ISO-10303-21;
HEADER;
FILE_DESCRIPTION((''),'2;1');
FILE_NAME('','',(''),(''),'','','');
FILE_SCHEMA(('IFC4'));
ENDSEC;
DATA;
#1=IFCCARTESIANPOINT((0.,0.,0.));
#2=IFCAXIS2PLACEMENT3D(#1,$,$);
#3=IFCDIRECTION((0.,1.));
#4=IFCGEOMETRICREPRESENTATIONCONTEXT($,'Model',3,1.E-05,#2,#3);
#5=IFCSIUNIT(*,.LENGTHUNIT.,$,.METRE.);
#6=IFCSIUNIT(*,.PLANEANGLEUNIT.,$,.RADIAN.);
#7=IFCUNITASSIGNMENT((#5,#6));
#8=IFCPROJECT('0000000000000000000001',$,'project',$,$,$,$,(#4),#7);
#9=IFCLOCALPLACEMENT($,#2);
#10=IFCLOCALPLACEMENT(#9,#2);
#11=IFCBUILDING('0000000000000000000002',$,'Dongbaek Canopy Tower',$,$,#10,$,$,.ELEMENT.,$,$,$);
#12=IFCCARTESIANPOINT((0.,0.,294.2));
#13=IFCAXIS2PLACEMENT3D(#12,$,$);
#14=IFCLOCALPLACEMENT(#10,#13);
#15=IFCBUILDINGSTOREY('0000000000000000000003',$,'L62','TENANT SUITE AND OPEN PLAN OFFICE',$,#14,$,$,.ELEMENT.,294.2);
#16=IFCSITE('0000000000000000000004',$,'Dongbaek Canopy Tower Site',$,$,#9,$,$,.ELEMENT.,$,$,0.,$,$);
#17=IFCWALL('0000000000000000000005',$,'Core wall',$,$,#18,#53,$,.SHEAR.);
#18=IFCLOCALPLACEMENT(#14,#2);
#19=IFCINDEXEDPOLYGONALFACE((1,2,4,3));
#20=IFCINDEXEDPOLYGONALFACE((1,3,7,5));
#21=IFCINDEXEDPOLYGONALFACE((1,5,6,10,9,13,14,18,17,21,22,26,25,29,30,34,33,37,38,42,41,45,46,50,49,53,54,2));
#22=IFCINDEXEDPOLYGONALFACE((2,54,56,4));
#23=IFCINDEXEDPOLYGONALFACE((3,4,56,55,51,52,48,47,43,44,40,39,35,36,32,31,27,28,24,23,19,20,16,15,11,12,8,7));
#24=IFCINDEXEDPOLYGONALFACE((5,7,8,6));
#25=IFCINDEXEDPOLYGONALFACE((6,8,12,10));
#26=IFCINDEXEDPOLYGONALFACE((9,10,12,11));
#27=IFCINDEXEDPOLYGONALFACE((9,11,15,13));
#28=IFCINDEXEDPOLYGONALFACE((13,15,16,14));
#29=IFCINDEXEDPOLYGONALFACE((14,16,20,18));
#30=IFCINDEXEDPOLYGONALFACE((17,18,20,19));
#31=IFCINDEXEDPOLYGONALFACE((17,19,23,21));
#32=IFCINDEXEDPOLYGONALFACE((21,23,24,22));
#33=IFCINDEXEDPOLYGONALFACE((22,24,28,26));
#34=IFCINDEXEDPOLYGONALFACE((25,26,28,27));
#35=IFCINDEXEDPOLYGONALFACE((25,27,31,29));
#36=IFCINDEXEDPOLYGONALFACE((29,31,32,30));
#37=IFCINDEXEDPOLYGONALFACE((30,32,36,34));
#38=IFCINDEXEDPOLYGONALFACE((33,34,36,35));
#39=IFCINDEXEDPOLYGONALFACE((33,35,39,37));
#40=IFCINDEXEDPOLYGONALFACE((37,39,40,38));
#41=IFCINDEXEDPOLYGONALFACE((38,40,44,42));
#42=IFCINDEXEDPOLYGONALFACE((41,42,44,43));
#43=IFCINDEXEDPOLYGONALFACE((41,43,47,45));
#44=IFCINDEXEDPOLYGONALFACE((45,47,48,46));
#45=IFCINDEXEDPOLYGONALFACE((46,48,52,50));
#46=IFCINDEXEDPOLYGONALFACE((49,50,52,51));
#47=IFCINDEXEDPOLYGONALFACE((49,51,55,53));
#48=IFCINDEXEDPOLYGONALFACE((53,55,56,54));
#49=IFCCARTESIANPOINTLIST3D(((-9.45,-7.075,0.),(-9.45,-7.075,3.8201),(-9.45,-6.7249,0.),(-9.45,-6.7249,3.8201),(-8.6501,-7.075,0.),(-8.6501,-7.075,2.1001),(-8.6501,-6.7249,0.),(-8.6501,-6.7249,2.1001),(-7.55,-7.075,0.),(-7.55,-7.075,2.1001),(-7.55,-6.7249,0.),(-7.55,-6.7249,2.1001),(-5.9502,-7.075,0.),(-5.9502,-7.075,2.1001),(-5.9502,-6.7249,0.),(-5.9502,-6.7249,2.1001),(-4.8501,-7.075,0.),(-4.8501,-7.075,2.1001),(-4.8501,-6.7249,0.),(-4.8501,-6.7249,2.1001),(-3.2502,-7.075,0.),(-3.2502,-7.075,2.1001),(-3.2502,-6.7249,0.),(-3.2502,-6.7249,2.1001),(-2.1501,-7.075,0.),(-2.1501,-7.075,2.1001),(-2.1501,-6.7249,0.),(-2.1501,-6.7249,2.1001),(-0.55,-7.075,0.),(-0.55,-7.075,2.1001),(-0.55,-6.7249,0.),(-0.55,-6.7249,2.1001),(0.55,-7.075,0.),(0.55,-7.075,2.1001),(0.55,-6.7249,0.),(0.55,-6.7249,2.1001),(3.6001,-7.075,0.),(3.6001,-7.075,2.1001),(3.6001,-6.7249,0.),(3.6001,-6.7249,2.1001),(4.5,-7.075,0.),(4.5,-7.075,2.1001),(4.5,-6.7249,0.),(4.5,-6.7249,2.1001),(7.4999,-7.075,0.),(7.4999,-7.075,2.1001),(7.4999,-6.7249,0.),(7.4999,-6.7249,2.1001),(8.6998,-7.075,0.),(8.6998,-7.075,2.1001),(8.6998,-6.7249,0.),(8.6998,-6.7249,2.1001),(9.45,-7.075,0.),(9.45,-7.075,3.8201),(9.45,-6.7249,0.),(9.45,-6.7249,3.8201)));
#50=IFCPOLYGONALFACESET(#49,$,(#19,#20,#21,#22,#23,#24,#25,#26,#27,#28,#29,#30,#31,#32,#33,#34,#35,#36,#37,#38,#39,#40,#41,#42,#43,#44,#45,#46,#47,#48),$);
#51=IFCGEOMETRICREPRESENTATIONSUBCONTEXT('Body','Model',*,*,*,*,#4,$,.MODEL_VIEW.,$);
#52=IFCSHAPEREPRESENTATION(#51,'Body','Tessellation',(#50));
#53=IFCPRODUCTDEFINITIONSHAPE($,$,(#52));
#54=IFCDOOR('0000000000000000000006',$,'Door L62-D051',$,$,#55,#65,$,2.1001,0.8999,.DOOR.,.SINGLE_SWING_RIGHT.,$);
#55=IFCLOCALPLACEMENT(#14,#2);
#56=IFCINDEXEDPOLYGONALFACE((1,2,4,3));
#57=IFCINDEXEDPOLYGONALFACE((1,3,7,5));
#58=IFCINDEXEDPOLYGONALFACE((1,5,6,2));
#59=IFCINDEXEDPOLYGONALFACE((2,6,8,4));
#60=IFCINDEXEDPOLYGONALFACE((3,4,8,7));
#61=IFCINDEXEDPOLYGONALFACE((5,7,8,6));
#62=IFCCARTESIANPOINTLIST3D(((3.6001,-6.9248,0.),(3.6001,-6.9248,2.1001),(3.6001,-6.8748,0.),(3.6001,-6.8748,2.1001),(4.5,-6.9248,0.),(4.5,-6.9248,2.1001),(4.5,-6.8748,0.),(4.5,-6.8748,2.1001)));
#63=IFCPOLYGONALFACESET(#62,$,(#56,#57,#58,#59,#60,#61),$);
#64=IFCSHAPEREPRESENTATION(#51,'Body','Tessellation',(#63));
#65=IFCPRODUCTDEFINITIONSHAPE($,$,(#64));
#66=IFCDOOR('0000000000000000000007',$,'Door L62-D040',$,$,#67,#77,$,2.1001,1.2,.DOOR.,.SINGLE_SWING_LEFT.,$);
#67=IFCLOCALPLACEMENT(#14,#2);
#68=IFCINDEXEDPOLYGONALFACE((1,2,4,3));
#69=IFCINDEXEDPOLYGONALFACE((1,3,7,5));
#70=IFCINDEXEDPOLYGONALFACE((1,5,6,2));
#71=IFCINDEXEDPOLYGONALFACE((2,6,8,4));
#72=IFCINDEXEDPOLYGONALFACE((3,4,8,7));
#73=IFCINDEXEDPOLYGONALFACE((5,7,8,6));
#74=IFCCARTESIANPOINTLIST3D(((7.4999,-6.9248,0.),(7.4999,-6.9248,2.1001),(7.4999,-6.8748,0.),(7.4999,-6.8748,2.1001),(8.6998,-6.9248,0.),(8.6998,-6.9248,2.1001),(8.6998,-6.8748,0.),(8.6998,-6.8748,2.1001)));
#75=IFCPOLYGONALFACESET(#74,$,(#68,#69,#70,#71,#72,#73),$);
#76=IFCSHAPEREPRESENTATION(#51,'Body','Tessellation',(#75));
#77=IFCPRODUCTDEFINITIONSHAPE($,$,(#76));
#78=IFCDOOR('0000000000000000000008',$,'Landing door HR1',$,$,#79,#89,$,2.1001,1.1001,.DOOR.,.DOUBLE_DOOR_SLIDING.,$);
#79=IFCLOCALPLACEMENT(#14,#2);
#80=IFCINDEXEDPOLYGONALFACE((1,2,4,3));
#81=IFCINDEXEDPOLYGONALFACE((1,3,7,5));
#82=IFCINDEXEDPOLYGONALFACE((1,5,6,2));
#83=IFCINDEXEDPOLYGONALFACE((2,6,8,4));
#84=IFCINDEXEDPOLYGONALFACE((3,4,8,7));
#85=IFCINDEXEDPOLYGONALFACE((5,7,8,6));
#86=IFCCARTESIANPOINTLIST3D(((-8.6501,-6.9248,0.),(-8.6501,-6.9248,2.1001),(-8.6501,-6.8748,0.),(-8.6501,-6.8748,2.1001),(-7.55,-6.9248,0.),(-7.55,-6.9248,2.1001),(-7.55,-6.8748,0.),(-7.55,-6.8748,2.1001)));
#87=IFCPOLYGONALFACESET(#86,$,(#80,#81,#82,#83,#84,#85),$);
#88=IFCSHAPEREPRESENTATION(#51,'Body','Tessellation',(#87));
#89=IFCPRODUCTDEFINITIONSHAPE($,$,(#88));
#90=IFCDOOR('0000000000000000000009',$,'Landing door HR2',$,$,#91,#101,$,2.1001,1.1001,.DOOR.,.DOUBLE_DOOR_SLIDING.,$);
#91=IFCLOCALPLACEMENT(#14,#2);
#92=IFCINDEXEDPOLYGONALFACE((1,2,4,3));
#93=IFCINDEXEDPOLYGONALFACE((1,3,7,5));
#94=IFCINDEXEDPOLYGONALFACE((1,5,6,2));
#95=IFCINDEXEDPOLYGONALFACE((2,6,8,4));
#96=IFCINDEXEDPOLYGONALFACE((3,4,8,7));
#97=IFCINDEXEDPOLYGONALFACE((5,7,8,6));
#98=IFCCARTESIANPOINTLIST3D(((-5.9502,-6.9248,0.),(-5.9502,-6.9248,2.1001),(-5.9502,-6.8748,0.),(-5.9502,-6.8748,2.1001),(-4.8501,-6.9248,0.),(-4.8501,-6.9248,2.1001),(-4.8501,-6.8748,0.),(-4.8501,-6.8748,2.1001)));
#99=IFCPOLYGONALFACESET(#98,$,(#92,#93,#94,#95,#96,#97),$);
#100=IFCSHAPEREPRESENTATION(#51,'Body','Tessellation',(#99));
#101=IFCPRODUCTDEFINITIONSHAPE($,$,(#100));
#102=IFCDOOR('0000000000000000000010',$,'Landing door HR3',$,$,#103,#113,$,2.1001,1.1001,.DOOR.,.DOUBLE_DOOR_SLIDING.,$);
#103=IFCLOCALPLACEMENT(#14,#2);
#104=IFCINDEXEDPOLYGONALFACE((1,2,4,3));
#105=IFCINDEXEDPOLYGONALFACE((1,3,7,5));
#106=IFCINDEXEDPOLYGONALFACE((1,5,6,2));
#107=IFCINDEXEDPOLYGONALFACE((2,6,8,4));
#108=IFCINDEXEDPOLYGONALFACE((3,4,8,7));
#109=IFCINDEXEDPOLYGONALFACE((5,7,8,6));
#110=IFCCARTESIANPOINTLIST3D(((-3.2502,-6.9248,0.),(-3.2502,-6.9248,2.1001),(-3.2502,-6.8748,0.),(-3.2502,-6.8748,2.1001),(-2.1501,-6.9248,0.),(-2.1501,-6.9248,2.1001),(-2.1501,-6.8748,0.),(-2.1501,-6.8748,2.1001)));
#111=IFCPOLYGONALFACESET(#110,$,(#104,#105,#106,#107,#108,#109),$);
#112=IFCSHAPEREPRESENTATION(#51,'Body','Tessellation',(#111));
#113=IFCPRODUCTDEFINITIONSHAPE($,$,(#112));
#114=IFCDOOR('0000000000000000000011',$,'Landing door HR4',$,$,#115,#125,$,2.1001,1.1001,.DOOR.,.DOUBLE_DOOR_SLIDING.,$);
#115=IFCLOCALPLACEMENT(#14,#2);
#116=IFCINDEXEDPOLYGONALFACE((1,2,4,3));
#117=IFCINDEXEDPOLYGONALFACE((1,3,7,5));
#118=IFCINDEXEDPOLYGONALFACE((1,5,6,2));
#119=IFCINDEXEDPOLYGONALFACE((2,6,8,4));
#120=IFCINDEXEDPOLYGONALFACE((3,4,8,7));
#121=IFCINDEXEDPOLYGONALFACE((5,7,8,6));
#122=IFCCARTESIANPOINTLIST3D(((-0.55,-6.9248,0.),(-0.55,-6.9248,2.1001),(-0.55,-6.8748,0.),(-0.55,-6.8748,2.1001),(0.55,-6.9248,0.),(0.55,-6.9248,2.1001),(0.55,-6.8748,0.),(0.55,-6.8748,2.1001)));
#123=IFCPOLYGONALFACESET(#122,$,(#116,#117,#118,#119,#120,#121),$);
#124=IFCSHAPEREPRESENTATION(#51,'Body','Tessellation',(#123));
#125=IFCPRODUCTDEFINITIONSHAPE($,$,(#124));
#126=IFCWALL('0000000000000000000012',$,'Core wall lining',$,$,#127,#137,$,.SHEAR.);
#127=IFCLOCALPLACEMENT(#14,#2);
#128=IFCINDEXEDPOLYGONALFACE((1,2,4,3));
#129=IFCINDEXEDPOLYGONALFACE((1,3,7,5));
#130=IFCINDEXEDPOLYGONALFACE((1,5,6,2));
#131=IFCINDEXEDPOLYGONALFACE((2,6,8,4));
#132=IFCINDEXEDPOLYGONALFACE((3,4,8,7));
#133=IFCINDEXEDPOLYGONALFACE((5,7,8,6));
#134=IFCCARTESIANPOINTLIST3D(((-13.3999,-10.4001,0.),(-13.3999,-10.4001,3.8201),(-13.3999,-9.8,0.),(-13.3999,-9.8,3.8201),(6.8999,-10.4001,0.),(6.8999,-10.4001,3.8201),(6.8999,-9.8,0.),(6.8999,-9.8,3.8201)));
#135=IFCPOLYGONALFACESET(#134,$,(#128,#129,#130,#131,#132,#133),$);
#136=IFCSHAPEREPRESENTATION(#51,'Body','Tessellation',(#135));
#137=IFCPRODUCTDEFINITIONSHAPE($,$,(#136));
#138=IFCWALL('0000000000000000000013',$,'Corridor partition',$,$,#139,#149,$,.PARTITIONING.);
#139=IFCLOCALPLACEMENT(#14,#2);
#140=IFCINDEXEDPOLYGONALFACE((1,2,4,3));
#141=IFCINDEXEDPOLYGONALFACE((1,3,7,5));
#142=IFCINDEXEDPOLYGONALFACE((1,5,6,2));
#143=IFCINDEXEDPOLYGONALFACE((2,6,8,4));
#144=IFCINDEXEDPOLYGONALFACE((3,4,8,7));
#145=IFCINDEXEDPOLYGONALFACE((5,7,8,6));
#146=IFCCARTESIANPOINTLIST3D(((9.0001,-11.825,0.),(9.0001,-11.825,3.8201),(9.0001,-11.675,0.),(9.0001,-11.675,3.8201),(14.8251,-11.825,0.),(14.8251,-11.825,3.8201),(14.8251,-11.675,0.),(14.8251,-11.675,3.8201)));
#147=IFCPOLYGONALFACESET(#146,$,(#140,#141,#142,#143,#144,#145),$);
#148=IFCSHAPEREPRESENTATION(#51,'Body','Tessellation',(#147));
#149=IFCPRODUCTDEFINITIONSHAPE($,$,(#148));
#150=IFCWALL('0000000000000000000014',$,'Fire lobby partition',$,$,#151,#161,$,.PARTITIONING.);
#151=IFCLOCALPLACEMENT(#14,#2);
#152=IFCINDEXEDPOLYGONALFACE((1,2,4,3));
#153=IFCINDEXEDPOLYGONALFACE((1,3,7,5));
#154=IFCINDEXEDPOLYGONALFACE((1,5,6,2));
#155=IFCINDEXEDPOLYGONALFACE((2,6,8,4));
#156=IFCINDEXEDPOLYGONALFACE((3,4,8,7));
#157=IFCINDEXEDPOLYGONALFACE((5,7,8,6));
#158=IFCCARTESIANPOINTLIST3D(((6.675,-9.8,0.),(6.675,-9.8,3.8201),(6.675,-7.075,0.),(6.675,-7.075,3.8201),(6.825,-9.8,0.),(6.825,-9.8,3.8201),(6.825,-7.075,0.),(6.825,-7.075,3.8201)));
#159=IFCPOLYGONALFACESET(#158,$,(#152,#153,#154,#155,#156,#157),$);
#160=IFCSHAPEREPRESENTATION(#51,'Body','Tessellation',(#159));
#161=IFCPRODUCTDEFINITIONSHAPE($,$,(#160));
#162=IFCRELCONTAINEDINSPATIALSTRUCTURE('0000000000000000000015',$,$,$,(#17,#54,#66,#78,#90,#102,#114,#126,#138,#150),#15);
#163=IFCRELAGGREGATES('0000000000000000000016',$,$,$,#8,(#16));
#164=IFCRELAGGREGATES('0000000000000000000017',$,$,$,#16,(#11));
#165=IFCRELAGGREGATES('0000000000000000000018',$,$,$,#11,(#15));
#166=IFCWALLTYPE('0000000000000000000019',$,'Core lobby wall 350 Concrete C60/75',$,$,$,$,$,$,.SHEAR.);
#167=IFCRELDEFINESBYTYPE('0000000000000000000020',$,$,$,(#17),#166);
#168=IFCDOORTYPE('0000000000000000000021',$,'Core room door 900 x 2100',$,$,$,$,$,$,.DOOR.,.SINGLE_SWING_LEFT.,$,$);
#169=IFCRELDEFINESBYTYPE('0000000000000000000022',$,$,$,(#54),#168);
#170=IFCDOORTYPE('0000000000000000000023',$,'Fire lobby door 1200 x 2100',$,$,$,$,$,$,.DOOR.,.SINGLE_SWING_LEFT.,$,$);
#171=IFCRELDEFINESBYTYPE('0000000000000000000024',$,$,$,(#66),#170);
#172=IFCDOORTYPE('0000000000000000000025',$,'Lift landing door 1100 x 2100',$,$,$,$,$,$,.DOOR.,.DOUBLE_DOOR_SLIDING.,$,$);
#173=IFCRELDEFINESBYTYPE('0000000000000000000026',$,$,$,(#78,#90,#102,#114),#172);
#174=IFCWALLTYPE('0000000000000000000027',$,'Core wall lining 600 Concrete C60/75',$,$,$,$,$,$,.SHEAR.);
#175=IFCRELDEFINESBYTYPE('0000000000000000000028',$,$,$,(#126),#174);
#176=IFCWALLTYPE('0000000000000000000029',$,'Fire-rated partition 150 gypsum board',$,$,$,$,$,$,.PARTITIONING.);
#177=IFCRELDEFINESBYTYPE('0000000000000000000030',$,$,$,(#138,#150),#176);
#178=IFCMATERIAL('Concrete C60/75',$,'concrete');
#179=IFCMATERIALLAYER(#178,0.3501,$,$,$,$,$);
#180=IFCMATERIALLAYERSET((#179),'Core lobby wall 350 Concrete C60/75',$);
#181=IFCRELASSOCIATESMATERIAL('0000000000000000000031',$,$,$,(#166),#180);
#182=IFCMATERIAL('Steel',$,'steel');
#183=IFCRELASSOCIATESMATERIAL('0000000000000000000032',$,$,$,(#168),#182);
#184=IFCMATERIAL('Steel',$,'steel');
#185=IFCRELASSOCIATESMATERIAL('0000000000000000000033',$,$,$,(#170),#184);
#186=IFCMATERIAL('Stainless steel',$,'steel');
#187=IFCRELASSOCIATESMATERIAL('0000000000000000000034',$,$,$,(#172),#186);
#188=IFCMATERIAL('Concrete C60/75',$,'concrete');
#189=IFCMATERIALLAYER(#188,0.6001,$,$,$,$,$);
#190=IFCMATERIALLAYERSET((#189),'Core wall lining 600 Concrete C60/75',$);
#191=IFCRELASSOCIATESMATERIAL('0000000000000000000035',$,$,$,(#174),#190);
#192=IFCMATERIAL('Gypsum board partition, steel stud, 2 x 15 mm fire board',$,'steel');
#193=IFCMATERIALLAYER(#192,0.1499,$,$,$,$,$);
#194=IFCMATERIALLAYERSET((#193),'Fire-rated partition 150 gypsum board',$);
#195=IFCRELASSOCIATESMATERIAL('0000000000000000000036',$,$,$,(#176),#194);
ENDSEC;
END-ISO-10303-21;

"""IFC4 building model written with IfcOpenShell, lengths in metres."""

from ifc_helpers import new_model, si_unit, direction, frame, frame_2d, origin, place, context, subcontext, project, spatial, rectangle, extrude, material, layer, layer_set, type_object, element, fill, save


model = new_model("IFC4")

# Units and contexts
model_context = context("Model", 3, precision=1e-05, world=origin(), true_north=direction((0.0, 1.0)))
body_context = subcontext(model_context, "Body", "Model", "MODEL_VIEW")
ifc_project = project(units=[si_unit("LENGTHUNIT", "METRE"), si_unit("PLANEANGLEUNIT", "RADIAN")], contexts=[model_context])

# Site, building, storey
site_placement = place(None, origin())
site = spatial("IfcSite", under=ifc_project, at=site_placement, Name="Dongbaek Canopy Tower Site", CompositionType="ELEMENT", RefElevation=0.0)
building_placement = place(site_placement, origin())
building = spatial("IfcBuilding", under=site, at=building_placement, Name="Dongbaek Canopy Tower", CompositionType="ELEMENT")
storey_placement = place(building_placement, frame((0.0, 0.0, 294.2)))
storey = spatial("IfcBuildingStorey", under=building, at=storey_placement, Name="L62", Description="TENANT SUITE AND OPEN PLAN OFFICE", CompositionType="ELEMENT", Elevation=294.2)

# Wall, openings, doors
ifc_material_1 = material(Name="Concrete C60/75", Category="concrete")
ifc_layer_1 = layer(ifc_material_1, 0.3501)
ifc_layer_set_1 = layer_set([ifc_layer_1], Name="Core lobby wall 350 Concrete C60/75")
wall_type_1 = type_object("IfcWallType", Name="Core lobby wall 350 Concrete C60/75", PredefinedType="SHEAR", material=ifc_layer_set_1)
wall_1_placement = place(storey_placement, frame((9.45, -6.8999, 0.0), z_axis=(0.0, 0.0, 1.0), x_axis=(-1.0, 0.0, 0.0)))
wall_1 = element("IfcWall", 1, at=wall_1_placement, inside=storey, type_object=wall_type_1, Name="Core wall", PredefinedType="SHEAR", context=body_context, shape_type="SweptSolid", body=[
    extrude(rectangle(XDim=18.8999, YDim=0.3501, at=frame_2d((9.45, 0.0))), origin(), (0.0, 0.0, 1.0), 3.8201),
])
opening_1_placement = place(wall_1_placement, frame((17.0, 0.0, 0.0)))
opening_1 = element("IfcOpeningElement", 2, at=opening_1_placement, cuts=wall_1, PredefinedType="OPENING", context=body_context, shape_type="SweptSolid", body=[
    extrude(rectangle(XDim=1.1001, YDim=2.1001, at=frame_2d((0.55, 1.05))), frame((0.0, 0.1851, 0.0), z_axis=(0.0, -1.0, 0.0), x_axis=(1.0, 0.0, 0.0)), (0.0, 0.0, 1.0), 0.3701),
])
opening_2_placement = place(wall_1_placement, frame((14.3, 0.0, 0.0)))
opening_2 = element("IfcOpeningElement", 3, at=opening_2_placement, cuts=wall_1, PredefinedType="OPENING", context=body_context, shape_type="SweptSolid", body=[
    extrude(rectangle(XDim=1.1001, YDim=2.1001, at=frame_2d((0.55, 1.05))), frame((0.0, 0.1851, 0.0), z_axis=(0.0, -1.0, 0.0), x_axis=(1.0, 0.0, 0.0)), (0.0, 0.0, 1.0), 0.3701),
])
opening_3_placement = place(wall_1_placement, frame((11.6001, 0.0, 0.0)))
opening_3 = element("IfcOpeningElement", 4, at=opening_3_placement, cuts=wall_1, PredefinedType="OPENING", context=body_context, shape_type="SweptSolid", body=[
    extrude(rectangle(XDim=1.1001, YDim=2.1001, at=frame_2d((0.55, 1.05))), frame((0.0, 0.1851, 0.0), z_axis=(0.0, -1.0, 0.0), x_axis=(1.0, 0.0, 0.0)), (0.0, 0.0, 1.0), 0.3701),
])
opening_4_placement = place(wall_1_placement, frame((8.8999, 0.0, 0.0)))
opening_4 = element("IfcOpeningElement", 5, at=opening_4_placement, cuts=wall_1, PredefinedType="OPENING", context=body_context, shape_type="SweptSolid", body=[
    extrude(rectangle(XDim=1.1001, YDim=2.1001, at=frame_2d((0.55, 1.05))), frame((0.0, 0.1851, 0.0), z_axis=(0.0, -1.0, 0.0), x_axis=(1.0, 0.0, 0.0)), (0.0, 0.0, 1.0), 0.3701),
])
opening_5_placement = place(wall_1_placement, frame((0.75, 0.0, 0.0)))
opening_5 = element("IfcOpeningElement", 6, at=opening_5_placement, cuts=wall_1, PredefinedType="OPENING", context=body_context, shape_type="SweptSolid", body=[
    extrude(rectangle(XDim=1.2, YDim=2.1001, at=frame_2d((0.6001, 1.05))), frame((0.0, 0.1851, 0.0), z_axis=(0.0, -1.0, 0.0), x_axis=(1.0, 0.0, 0.0)), (0.0, 0.0, 1.0), 0.3701),
])
opening_6_placement = place(wall_1_placement, frame((4.95, 0.0, 0.0)))
opening_6 = element("IfcOpeningElement", 7, at=opening_6_placement, cuts=wall_1, PredefinedType="OPENING", context=body_context, shape_type="SweptSolid", body=[
    extrude(rectangle(XDim=0.8999, YDim=2.1001, at=frame_2d((0.45, 1.05))), frame((0.0, 0.1851, 0.0), z_axis=(0.0, -1.0, 0.0), x_axis=(1.0, 0.0, 0.0)), (0.0, 0.0, 1.0), 0.3701),
])
ifc_material_2 = material(Name="Steel", Category="steel")
door_type_1 = type_object("IfcDoorType", Name="Core room door 900 x 2100", OperationType="SINGLE_SWING_LEFT", PredefinedType="DOOR", material=ifc_material_2)
door_1_placement = place(opening_6_placement, origin())
door_1 = element("IfcDoor", 8, at=door_1_placement, inside=storey, type_object=door_type_1, Name="Door L62-D051", OperationType="SINGLE_SWING_RIGHT", OverallHeight=2.1001, OverallWidth=0.8999, PredefinedType="DOOR", context=body_context, shape_type="SweptSolid", body=[
    extrude(rectangle(XDim=0.8999, YDim=2.1001, at=frame_2d((0.45, 1.05))), frame((0.0, 0.0249, 0.0), z_axis=(0.0, -1.0, 0.0), x_axis=(1.0, 0.0, 0.0)), (0.0, 0.0, 1.0), 0.05),
])
fill(opening_6, door_1)
ifc_material_3 = material(Name="Steel", Category="steel")
door_type_2 = type_object("IfcDoorType", Name="Fire lobby door 1200 x 2100", OperationType="SINGLE_SWING_LEFT", PredefinedType="DOOR", material=ifc_material_3)
door_2_placement = place(opening_5_placement, origin())
door_2 = element("IfcDoor", 9, at=door_2_placement, inside=storey, type_object=door_type_2, Name="Door L62-D040", OperationType="SINGLE_SWING_LEFT", OverallHeight=2.1001, OverallWidth=1.2, PredefinedType="DOOR", context=body_context, shape_type="SweptSolid", body=[
    extrude(rectangle(XDim=1.2, YDim=2.1001, at=frame_2d((0.6001, 1.05))), frame((0.0, 0.0249, 0.0), z_axis=(0.0, -1.0, 0.0), x_axis=(1.0, 0.0, 0.0)), (0.0, 0.0, 1.0), 0.05),
])
fill(opening_5, door_2)
ifc_material_4 = material(Name="Stainless steel", Category="steel")
door_type_3 = type_object("IfcDoorType", Name="Lift landing door 1100 x 2100", OperationType="DOUBLE_DOOR_SLIDING", PredefinedType="DOOR", material=ifc_material_4)
door_3_placement = place(opening_1_placement, origin())
door_3 = element("IfcDoor", 10, at=door_3_placement, inside=storey, type_object=door_type_3, Name="Landing door HR1", OperationType="DOUBLE_DOOR_SLIDING", OverallHeight=2.1001, OverallWidth=1.1001, PredefinedType="DOOR", context=body_context, shape_type="SweptSolid", body=[
    extrude(rectangle(XDim=1.1001, YDim=2.1001, at=frame_2d((0.55, 1.05))), frame((0.0, 0.0249, 0.0), z_axis=(0.0, -1.0, 0.0), x_axis=(1.0, 0.0, 0.0)), (0.0, 0.0, 1.0), 0.05),
])
fill(opening_1, door_3)
door_4_placement = place(opening_2_placement, origin())
door_4 = element("IfcDoor", 11, at=door_4_placement, inside=storey, type_object=door_type_3, Name="Landing door HR2", OperationType="DOUBLE_DOOR_SLIDING", OverallHeight=2.1001, OverallWidth=1.1001, PredefinedType="DOOR", context=body_context, shape_type="SweptSolid", body=[
    extrude(rectangle(XDim=1.1001, YDim=2.1001, at=frame_2d((0.55, 1.05))), frame((0.0, 0.0249, 0.0), z_axis=(0.0, -1.0, 0.0), x_axis=(1.0, 0.0, 0.0)), (0.0, 0.0, 1.0), 0.05),
])
fill(opening_2, door_4)
door_5_placement = place(opening_3_placement, origin())
door_5 = element("IfcDoor", 12, at=door_5_placement, inside=storey, type_object=door_type_3, Name="Landing door HR3", OperationType="DOUBLE_DOOR_SLIDING", OverallHeight=2.1001, OverallWidth=1.1001, PredefinedType="DOOR", context=body_context, shape_type="SweptSolid", body=[
    extrude(rectangle(XDim=1.1001, YDim=2.1001, at=frame_2d((0.55, 1.05))), frame((0.0, 0.0249, 0.0), z_axis=(0.0, -1.0, 0.0), x_axis=(1.0, 0.0, 0.0)), (0.0, 0.0, 1.0), 0.05),
])
fill(opening_3, door_5)
door_6_placement = place(opening_4_placement, origin())
door_6 = element("IfcDoor", 13, at=door_6_placement, inside=storey, type_object=door_type_3, Name="Landing door HR4", OperationType="DOUBLE_DOOR_SLIDING", OverallHeight=2.1001, OverallWidth=1.1001, PredefinedType="DOOR", context=body_context, shape_type="SweptSolid", body=[
    extrude(rectangle(XDim=1.1001, YDim=2.1001, at=frame_2d((0.55, 1.05))), frame((0.0, 0.0249, 0.0), z_axis=(0.0, -1.0, 0.0), x_axis=(1.0, 0.0, 0.0)), (0.0, 0.0, 1.0), 0.05),
])
fill(opening_4, door_6)

# Walls
ifc_material_5 = material(Name="Concrete C60/75", Category="concrete")
ifc_layer_2 = layer(ifc_material_5, 0.6001)
ifc_layer_set_2 = layer_set([ifc_layer_2], Name="Core wall lining 600 Concrete C60/75")
wall_type_2 = type_object("IfcWallType", Name="Core wall lining 600 Concrete C60/75", PredefinedType="SHEAR", material=ifc_layer_set_2)
wall_2_placement = place(storey_placement, frame((6.8999, -10.1001, 0.0), z_axis=(0.0, 0.0, 1.0), x_axis=(-1.0, 0.0, 0.0)))
element("IfcWall", 14, at=wall_2_placement, inside=storey, type_object=wall_type_2, Name="Core wall lining", PredefinedType="SHEAR", context=body_context, shape_type="SweptSolid", body=[
    extrude(rectangle(XDim=20.2998, YDim=0.6001, at=frame_2d((10.1499, 0.0))), origin(), (0.0, 0.0, 1.0), 3.8201),
])
ifc_material_6 = material(Name="Gypsum board partition, steel stud, 2 x 15 mm fire board", Category="steel")
ifc_layer_3 = layer(ifc_material_6, 0.1499)
ifc_layer_set_3 = layer_set([ifc_layer_3], Name="Fire-rated partition 150 gypsum board")
wall_type_3 = type_object("IfcWallType", Name="Fire-rated partition 150 gypsum board", PredefinedType="PARTITIONING", material=ifc_layer_set_3)
wall_3_placement = place(storey_placement, frame((9.0, -11.75, 0.0), z_axis=(0.0, 0.0, 1.0), x_axis=(1.0, 0.0, 0.0)))
element("IfcWall", 15, at=wall_3_placement, inside=storey, type_object=wall_type_3, Name="Corridor partition", PredefinedType="PARTITIONING", context=body_context, shape_type="SweptSolid", body=[
    extrude(rectangle(XDim=5.825, YDim=0.1499, at=frame_2d((2.9126, 0.0))), origin(), (0.0, 0.0, 1.0), 3.8201),
])
wall_4_placement = place(storey_placement, frame((6.75, -9.8, 0.0), z_axis=(0.0, 0.0, 1.0), x_axis=(0.0, 1.0, 0.0)))
element("IfcWall", 16, at=wall_4_placement, inside=storey, type_object=wall_type_3, Name="Fire lobby partition", PredefinedType="PARTITIONING", context=body_context, shape_type="SweptSolid", body=[
    extrude(rectangle(XDim=2.7251, YDim=0.1499, at=frame_2d((1.3625, 0.0))), origin(), (0.0, 0.0, 1.0), 3.8201),
])

save(model, "model.ifc")
